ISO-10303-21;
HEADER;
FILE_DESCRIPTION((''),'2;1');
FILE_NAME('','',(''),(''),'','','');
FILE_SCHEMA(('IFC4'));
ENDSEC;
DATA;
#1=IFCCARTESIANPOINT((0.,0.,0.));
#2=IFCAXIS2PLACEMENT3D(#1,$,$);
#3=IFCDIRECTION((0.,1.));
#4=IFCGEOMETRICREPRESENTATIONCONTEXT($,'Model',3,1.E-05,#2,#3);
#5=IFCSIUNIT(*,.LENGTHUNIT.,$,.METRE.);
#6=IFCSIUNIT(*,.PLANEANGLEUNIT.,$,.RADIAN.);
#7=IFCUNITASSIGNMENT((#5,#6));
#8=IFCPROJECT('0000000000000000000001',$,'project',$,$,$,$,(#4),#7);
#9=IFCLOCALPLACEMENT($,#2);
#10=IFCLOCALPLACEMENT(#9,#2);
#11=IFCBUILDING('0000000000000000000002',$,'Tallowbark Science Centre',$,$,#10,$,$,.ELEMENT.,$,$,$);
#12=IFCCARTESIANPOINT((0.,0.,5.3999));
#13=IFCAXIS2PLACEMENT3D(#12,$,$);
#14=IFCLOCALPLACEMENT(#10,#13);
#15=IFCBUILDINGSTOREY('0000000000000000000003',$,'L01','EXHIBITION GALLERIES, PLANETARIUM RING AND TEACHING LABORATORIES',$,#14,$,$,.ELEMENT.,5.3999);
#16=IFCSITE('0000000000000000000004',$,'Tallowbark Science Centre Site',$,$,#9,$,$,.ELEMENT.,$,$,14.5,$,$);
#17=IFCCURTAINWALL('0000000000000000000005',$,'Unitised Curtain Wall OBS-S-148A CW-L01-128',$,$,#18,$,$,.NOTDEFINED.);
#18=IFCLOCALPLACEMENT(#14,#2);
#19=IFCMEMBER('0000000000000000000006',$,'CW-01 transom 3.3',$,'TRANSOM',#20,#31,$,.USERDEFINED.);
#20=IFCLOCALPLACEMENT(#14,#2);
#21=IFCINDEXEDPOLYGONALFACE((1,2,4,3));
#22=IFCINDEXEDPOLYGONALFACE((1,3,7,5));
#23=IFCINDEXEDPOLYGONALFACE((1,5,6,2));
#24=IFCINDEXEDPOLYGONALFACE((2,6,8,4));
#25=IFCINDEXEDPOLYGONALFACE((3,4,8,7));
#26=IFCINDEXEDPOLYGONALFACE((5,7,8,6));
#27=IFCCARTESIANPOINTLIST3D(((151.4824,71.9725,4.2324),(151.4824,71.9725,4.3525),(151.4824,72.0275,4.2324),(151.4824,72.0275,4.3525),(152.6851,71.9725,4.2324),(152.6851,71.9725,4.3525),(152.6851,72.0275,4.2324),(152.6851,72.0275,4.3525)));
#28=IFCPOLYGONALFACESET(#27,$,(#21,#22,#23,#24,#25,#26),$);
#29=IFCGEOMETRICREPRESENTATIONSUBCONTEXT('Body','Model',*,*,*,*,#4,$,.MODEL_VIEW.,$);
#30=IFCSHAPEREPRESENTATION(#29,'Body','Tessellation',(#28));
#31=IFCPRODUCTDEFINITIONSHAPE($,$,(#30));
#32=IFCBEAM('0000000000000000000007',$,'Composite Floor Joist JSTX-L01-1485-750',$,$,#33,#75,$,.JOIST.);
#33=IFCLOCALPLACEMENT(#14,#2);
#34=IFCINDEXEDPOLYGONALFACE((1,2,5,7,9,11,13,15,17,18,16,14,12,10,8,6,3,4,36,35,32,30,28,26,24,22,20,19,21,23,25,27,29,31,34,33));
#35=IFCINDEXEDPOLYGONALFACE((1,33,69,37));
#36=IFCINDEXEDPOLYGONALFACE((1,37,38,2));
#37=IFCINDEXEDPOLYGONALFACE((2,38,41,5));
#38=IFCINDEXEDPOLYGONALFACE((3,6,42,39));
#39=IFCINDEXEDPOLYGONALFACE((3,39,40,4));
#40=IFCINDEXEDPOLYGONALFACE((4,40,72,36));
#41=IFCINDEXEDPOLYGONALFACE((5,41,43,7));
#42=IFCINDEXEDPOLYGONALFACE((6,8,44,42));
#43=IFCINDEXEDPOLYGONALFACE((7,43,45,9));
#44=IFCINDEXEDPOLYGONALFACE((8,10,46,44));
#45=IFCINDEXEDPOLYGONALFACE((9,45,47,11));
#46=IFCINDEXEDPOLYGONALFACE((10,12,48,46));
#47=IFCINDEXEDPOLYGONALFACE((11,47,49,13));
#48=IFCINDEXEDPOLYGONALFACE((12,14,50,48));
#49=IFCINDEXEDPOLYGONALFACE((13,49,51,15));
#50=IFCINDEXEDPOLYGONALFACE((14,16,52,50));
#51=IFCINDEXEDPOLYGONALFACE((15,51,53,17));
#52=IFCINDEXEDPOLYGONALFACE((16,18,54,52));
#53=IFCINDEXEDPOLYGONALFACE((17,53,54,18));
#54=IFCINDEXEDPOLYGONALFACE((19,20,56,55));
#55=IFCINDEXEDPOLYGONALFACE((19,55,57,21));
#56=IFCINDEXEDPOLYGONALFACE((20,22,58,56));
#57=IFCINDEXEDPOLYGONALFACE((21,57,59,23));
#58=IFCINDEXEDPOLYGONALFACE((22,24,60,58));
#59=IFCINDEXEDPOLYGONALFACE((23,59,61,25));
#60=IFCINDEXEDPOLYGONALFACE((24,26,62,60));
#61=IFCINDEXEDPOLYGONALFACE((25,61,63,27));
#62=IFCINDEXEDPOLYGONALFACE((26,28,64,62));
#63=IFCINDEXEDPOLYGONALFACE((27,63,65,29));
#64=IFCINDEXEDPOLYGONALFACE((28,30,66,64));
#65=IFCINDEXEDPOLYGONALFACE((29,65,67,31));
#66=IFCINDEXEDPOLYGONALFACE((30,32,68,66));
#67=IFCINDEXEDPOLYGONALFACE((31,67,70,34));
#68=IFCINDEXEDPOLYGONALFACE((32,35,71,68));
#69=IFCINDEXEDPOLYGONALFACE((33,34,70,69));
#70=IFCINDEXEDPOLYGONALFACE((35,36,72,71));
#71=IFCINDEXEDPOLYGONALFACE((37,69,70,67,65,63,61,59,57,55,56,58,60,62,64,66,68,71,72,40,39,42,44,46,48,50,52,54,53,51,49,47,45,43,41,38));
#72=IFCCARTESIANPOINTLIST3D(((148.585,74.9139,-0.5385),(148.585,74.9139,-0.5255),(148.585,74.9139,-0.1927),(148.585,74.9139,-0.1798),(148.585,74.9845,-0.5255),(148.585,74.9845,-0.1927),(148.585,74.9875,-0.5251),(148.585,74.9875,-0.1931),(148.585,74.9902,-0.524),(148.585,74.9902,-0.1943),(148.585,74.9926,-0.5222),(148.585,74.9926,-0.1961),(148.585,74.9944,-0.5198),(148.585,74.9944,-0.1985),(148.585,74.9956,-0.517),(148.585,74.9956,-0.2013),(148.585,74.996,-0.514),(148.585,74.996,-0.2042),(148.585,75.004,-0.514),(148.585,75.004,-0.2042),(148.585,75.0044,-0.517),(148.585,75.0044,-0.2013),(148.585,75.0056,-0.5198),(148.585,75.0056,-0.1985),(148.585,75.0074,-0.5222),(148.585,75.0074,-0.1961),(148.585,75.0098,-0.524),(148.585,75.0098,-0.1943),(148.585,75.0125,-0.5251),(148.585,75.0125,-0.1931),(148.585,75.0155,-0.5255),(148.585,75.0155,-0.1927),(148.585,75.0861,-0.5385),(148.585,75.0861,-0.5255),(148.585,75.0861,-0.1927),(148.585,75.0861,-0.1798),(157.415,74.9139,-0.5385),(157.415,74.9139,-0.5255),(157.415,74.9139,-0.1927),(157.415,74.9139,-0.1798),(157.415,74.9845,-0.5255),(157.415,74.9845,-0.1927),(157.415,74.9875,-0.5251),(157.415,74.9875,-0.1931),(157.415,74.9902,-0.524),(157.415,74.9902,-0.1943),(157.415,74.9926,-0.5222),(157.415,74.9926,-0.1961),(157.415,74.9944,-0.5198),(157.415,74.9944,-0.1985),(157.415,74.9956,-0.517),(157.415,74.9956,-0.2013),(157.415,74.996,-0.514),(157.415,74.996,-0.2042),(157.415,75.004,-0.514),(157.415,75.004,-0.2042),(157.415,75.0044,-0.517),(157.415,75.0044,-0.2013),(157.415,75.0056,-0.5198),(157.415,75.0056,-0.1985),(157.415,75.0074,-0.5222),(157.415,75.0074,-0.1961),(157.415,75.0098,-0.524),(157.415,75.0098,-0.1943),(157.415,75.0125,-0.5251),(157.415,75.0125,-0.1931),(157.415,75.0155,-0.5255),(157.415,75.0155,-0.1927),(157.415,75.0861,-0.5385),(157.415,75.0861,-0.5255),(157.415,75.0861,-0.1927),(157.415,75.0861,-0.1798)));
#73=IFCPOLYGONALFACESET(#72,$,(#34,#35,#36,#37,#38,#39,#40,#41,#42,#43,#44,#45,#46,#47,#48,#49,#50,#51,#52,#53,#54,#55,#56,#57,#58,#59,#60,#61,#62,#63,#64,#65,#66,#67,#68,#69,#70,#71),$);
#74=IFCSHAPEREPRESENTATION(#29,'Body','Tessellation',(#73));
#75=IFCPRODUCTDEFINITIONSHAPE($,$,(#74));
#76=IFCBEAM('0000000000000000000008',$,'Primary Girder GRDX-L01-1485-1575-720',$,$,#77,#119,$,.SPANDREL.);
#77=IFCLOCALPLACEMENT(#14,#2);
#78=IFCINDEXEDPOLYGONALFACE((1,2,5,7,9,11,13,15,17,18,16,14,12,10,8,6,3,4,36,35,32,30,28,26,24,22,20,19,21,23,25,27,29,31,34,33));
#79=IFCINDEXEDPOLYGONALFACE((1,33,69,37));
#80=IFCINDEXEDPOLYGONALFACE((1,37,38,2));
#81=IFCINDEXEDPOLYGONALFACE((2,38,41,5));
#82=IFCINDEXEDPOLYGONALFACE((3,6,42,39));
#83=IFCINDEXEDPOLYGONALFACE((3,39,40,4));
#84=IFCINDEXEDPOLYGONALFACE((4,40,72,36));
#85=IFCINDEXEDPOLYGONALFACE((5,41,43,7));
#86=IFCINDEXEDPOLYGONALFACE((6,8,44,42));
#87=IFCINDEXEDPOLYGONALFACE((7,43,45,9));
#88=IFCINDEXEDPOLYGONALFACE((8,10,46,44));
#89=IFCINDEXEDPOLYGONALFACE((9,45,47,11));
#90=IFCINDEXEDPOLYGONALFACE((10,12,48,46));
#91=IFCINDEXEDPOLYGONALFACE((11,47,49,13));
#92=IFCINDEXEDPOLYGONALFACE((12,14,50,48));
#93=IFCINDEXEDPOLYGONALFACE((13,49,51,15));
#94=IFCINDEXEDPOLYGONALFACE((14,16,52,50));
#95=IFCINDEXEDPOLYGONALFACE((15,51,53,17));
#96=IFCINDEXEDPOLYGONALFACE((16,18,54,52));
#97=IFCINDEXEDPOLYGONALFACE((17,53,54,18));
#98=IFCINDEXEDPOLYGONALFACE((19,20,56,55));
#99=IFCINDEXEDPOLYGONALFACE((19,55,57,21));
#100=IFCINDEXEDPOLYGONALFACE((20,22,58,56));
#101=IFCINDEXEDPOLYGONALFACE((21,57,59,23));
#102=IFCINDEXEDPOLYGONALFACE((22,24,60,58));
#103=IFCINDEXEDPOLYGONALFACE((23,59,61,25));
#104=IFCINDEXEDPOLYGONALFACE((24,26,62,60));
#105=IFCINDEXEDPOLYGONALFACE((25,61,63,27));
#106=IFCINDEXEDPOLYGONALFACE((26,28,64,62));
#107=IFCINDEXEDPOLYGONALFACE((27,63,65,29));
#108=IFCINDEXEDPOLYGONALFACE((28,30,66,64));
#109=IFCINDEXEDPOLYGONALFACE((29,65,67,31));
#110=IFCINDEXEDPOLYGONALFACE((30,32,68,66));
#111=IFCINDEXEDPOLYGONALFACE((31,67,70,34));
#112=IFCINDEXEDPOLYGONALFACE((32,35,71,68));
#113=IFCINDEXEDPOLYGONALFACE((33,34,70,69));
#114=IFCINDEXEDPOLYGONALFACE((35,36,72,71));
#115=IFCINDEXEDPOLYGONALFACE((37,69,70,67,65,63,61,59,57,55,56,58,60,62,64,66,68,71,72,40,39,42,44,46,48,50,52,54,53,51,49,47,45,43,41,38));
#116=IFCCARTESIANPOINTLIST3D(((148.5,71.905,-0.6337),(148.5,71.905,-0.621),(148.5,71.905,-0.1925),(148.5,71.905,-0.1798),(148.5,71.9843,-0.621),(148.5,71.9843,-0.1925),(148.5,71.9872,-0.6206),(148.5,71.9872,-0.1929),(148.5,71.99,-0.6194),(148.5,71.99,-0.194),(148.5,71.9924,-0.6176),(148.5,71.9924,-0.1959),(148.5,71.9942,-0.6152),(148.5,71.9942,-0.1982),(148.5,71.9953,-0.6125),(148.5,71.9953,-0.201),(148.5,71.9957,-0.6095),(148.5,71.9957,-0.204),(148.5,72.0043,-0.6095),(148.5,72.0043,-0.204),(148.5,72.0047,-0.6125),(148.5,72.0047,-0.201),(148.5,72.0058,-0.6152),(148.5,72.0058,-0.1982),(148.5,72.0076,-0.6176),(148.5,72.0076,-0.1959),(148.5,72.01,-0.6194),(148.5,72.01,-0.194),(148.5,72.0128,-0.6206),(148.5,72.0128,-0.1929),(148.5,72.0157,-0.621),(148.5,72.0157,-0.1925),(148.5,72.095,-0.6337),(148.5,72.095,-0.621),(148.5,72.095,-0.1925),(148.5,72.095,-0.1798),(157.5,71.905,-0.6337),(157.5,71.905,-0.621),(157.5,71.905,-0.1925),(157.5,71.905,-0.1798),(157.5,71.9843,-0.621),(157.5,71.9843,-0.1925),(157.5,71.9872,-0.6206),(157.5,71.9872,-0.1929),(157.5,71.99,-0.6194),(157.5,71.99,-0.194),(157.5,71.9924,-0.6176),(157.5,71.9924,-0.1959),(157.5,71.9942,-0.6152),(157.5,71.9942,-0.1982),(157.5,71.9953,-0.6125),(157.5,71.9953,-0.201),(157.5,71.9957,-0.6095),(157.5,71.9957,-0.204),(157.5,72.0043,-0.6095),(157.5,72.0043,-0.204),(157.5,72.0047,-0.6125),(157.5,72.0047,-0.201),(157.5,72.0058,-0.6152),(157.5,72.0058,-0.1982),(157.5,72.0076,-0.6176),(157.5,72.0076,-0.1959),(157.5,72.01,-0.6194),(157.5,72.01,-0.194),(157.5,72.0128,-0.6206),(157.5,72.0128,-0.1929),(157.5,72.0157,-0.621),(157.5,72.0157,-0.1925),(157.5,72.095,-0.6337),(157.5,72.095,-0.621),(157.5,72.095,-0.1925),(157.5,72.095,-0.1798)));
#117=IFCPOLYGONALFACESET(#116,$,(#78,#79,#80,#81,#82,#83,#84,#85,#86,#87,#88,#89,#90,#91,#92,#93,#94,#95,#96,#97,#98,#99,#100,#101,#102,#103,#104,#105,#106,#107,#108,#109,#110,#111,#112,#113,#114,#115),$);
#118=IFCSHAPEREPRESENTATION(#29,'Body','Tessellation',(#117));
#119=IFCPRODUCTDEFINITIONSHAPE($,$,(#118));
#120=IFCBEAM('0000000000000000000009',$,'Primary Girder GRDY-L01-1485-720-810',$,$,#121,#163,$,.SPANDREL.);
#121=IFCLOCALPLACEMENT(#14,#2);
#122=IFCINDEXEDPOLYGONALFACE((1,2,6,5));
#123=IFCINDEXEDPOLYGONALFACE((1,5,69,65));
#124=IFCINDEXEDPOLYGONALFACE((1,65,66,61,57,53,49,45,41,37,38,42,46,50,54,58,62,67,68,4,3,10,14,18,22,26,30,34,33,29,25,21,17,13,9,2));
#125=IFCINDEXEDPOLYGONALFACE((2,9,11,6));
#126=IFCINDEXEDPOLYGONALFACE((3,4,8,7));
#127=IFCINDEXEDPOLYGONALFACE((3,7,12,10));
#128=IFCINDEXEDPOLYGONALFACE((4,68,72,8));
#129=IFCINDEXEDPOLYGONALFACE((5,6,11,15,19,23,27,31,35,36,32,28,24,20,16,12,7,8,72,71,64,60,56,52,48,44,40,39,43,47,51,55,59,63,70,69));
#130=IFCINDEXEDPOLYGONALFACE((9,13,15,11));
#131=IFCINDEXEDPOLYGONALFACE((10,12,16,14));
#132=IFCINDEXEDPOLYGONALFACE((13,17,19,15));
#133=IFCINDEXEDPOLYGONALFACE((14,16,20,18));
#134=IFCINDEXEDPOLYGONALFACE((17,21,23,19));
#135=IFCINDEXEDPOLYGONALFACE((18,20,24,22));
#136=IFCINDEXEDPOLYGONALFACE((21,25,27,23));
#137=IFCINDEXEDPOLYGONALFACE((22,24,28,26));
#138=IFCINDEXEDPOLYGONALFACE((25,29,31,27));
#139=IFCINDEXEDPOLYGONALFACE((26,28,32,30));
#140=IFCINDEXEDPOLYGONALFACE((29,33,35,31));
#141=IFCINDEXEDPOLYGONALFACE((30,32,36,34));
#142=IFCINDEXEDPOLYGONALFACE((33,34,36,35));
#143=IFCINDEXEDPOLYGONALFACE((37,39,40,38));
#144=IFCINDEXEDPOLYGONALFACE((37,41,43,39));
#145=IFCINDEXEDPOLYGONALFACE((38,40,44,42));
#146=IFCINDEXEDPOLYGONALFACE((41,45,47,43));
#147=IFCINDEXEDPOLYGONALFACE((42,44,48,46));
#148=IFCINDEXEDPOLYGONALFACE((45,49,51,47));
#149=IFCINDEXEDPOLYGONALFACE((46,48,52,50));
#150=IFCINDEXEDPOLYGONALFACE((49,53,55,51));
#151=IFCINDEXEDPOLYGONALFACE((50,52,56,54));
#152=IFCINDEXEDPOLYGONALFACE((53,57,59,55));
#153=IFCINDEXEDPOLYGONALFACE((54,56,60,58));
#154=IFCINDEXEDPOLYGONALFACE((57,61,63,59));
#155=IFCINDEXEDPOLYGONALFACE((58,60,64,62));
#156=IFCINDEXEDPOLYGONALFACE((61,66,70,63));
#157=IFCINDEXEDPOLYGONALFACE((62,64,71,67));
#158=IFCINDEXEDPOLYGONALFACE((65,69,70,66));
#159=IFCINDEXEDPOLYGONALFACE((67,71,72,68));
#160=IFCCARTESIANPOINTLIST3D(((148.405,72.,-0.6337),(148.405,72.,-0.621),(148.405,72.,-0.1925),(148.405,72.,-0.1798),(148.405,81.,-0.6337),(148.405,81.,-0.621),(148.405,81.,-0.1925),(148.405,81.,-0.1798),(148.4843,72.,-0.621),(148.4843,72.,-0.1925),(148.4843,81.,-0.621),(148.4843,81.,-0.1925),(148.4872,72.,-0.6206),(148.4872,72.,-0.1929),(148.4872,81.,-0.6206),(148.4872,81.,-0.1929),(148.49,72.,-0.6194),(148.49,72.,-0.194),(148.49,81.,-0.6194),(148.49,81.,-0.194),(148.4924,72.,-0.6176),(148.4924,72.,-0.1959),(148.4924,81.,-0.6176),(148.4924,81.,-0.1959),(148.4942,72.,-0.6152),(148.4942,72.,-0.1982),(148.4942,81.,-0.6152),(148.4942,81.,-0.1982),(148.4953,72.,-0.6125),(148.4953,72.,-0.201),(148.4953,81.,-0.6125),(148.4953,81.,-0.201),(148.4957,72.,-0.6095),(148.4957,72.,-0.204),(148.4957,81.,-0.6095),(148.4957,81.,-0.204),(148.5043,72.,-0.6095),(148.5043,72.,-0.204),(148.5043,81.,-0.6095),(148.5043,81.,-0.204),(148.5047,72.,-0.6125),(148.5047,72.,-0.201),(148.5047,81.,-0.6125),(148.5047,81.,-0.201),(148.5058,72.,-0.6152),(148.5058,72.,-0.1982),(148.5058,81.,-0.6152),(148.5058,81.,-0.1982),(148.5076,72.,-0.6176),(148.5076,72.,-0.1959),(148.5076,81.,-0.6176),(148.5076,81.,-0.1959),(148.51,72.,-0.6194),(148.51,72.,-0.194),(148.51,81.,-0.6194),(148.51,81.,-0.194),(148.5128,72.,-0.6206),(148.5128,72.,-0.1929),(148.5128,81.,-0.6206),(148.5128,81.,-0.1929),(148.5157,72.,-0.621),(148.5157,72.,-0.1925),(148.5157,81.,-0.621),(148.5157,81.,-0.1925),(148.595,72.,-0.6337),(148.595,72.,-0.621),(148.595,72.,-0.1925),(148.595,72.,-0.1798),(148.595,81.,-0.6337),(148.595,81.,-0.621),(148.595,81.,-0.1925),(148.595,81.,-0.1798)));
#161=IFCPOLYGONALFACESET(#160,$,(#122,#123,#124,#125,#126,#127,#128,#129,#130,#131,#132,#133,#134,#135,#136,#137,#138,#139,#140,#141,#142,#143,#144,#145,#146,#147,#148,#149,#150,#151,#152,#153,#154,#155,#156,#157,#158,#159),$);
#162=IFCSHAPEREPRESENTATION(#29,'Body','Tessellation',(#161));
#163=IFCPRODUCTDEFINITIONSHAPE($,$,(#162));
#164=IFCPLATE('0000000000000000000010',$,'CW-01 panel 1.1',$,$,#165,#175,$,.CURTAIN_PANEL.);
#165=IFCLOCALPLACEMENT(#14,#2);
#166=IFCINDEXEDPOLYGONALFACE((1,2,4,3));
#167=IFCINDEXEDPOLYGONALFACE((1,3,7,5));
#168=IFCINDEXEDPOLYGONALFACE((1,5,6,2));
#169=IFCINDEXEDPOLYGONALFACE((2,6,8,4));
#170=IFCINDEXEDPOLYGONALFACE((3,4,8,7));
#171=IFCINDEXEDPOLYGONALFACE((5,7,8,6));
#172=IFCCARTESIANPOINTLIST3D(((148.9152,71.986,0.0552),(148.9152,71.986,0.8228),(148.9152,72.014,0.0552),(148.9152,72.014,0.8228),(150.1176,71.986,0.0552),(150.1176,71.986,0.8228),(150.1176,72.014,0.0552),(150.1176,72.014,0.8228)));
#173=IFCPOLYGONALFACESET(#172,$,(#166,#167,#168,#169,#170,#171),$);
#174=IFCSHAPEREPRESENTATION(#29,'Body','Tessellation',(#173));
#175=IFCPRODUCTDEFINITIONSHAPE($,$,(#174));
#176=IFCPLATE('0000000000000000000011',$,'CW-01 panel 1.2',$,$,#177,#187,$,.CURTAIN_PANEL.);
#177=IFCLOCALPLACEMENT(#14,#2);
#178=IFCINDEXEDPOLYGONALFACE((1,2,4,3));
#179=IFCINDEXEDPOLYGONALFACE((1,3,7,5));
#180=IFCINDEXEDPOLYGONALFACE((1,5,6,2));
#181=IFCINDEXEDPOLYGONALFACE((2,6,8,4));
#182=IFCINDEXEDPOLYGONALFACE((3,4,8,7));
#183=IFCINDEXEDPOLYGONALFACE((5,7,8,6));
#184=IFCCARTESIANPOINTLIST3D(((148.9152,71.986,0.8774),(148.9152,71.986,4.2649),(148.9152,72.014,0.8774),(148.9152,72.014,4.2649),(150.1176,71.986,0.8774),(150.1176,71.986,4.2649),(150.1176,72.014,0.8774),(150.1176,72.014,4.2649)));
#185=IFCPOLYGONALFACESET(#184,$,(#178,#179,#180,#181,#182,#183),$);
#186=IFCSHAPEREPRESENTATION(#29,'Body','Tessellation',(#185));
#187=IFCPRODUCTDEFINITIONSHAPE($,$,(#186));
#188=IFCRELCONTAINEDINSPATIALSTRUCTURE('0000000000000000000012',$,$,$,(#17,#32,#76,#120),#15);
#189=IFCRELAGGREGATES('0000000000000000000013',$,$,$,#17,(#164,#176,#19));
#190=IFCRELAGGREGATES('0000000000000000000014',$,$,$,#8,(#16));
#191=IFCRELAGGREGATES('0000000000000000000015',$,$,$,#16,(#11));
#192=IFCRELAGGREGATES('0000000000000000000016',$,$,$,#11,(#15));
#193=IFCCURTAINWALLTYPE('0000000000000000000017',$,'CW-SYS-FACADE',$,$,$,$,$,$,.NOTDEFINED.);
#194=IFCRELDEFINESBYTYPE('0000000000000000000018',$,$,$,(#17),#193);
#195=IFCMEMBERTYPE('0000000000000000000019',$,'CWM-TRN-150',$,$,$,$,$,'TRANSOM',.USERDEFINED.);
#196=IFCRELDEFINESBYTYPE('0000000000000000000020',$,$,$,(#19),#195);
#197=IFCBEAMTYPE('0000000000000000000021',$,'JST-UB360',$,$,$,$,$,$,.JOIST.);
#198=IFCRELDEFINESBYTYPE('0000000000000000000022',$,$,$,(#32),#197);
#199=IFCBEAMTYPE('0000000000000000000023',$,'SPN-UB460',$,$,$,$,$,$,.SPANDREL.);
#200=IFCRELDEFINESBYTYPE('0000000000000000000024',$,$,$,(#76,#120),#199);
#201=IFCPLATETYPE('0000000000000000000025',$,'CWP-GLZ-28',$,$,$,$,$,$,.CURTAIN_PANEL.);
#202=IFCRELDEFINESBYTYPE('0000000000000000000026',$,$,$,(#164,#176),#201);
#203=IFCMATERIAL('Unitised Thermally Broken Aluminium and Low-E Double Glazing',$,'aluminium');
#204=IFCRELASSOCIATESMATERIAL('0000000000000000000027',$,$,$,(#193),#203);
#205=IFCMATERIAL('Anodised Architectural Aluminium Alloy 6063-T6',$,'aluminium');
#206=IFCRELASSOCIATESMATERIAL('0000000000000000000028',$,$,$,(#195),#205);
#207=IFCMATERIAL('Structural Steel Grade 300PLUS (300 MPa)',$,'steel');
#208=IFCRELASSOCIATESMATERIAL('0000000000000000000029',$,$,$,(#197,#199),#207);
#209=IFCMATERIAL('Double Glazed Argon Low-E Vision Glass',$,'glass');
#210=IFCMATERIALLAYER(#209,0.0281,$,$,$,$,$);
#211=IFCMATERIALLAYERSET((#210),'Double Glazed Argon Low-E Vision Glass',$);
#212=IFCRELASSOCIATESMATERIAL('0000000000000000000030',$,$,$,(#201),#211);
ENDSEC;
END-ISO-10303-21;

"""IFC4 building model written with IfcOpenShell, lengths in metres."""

from ifc_helpers import new_model, si_unit, direction, frame, origin, origin_2d, place, context, subcontext, project, spatial, rectangle, i_section, extrude, material, layer, layer_set, material_profile, profile_set, type_object, element, aggregate, save


model = new_model("IFC4")

# Units and contexts
model_context = context("Model", 3, precision=1e-05, world=origin(), true_north=direction((0.0, 1.0)))
body_context = subcontext(model_context, "Body", "Model", "MODEL_VIEW")
ifc_project = project(units=[si_unit("LENGTHUNIT", "METRE"), si_unit("PLANEANGLEUNIT", "RADIAN")], contexts=[model_context])

# Site, building, storey
site_placement = place(None, origin())
site = spatial("IfcSite", under=ifc_project, at=site_placement, Name="Tallowbark Science Centre Site", CompositionType="ELEMENT", RefElevation=14.5)
building_placement = place(site_placement, origin())
building = spatial("IfcBuilding", under=site, at=building_placement, Name="Tallowbark Science Centre", CompositionType="ELEMENT")
storey_placement = place(building_placement, frame((0.0, 0.0, 5.3999)))
storey = spatial("IfcBuildingStorey", under=building, at=storey_placement, Name="L01", Description="EXHIBITION GALLERIES, PLANETARIUM RING AND TEACHING LABORATORIES", CompositionType="ELEMENT", Elevation=5.3999)

# Shared definitions
ifc_material_1 = material(Name="Structural Steel Grade 300PLUS (300 MPa)", Category="steel")

# Curtain wall, member
ifc_material_2 = material(Name="Unitised Thermally Broken Aluminium and Low-E Double Glazing", Category="aluminium")
curtain_wall_type = type_object("IfcCurtainWallType", Name="CW-SYS-FACADE", PredefinedType="NOTDEFINED", material=ifc_material_2)
curtain_wall_placement = place(storey_placement, origin())
curtain_wall = element("IfcCurtainWall", 1, at=curtain_wall_placement, inside=storey, type_object=curtain_wall_type, Name="Unitised Curtain Wall OBS-S-148A CW-L01-128", PredefinedType="NOTDEFINED")
ifc_material_3 = material(Name="Anodised Architectural Aluminium Alloy 6063-T6", Category="aluminium")
ifc_material_profile_1 = material_profile(ifc_material_3, rectangle(XDim=0.0549, YDim=0.1201, at=origin_2d()), Name="ALU55x120")
ifc_profile_set_1 = profile_set([ifc_material_profile_1], Name="Anodised Architectural Aluminium Alloy 6063-T6")
member_type_1 = type_object("IfcMemberType", Name="CWM-TRN-150", ElementType="TRANSOM", PredefinedType="USERDEFINED", material=ifc_profile_set_1)
member_1_placement = place(storey_placement, frame((151.4824, 72.0, 4.2925), z_axis=(1.0, 0.0, 0.0), x_axis=(0.0, 1.0, 0.0)))
member_1 = element("IfcMember", 2, at=member_1_placement, type_object=member_type_1, Name="CW-01 transom 3.3", ObjectType="TRANSOM", PredefinedType="USERDEFINED", context=body_context, shape_type="SweptSolid", body=[
    extrude(rectangle(XDim=0.0549, YDim=0.1201, at=origin_2d()), origin(), (0.0, 0.0, 1.0), 1.2026),
])

# Beams
ifc_material_profile_2 = material_profile(ifc_material_1, i_section(OverallWidth=0.1721, OverallDepth=0.3586, WebThickness=0.0081, FlangeThickness=0.0129, FilletRadius=0.0115, at=origin_2d()), Name="360UB56.7")
ifc_profile_set_2 = profile_set([ifc_material_profile_2], Name="Structural Steel Grade 300PLUS (300 MPa)")
beam_type_1 = type_object("IfcBeamType", Name="JST-UB360", PredefinedType="JOIST", material=ifc_profile_set_2)
beam_placement = place(storey_placement, frame((148.585, 75.0, -0.3591), z_axis=(1.0, 0.0, 0.0), x_axis=(0.0, 1.0, 0.0)))
element("IfcBeam", 3, at=beam_placement, inside=storey, type_object=beam_type_1, Name="Composite Floor Joist JSTX-L01-1485-750", PredefinedType="JOIST", context=body_context, shape_type="SweptSolid", body=[
    extrude(i_section(OverallWidth=0.1721, OverallDepth=0.3586, WebThickness=0.0081, FlangeThickness=0.0129, FilletRadius=0.0115, at=origin_2d()), origin(), (0.0, 0.0, 1.0), 8.8301),
])
ifc_material_profile_3 = material_profile(ifc_material_1, i_section(OverallWidth=0.1899, OverallDepth=0.4539, WebThickness=0.0085, FlangeThickness=0.0127, FilletRadius=0.0115, at=origin_2d()), Name="460UB67.1")
ifc_profile_set_3 = profile_set([ifc_material_profile_3], Name="Structural Steel Grade 300PLUS (300 MPa)")
beam_type_2 = type_object("IfcBeamType", Name="SPN-UB460", PredefinedType="SPANDREL", material=ifc_profile_set_3)
for number, where, z_axis, x_axis, name in (
    (4, (148.5, 72.0, -0.4067), (1.0, 0.0, 0.0), (0.0, 1.0, 0.0), "Primary Girder GRDX-L01-1485-1575-720"),
    (5, (148.5, 72.0, -0.4067), (0.0, 1.0, 0.0), (-1.0, 0.0, 0.0), "Primary Girder GRDY-L01-1485-720-810"),
):
    element("IfcBeam", number, at=place(storey_placement, frame(where, z_axis=z_axis, x_axis=x_axis)), inside=storey, type_object=beam_type_2, Name=name, PredefinedType="SPANDREL", context=body_context, shape_type="SweptSolid", body=[
        extrude(i_section(OverallWidth=0.1899, OverallDepth=0.4539, WebThickness=0.0085, FlangeThickness=0.0127, FilletRadius=0.0115, at=origin_2d()), origin(), (0.0, 0.0, 1.0), 9.0),
    ])

# Plates
ifc_material_4 = material(Name="Double Glazed Argon Low-E Vision Glass", Category="glass")
ifc_layer_1 = layer(ifc_material_4, 0.0281)
ifc_layer_set_1 = layer_set([ifc_layer_1], Name="Double Glazed Argon Low-E Vision Glass")
plate_type = type_object("IfcPlateType", Name="CWP-GLZ-28", PredefinedType="CURTAIN_PANEL", material=ifc_layer_set_1)
plate_1_placement = place(storey_placement, frame((149.5164, 72.0, 0.0552), z_axis=(0.0, 0.0, 1.0), x_axis=(1.0, 0.0, 0.0)))
plate_1 = element("IfcPlate", 6, at=plate_1_placement, type_object=plate_type, Name="CW-01 panel 1.1", PredefinedType="CURTAIN_PANEL", context=body_context, shape_type="SweptSolid", body=[
    extrude(rectangle(XDim=1.2024, YDim=0.0281, at=origin_2d()), origin(), (0.0, 0.0, 1.0), 0.7676),
])
plate_2_placement = place(storey_placement, frame((149.5164, 72.0, 0.8774), z_axis=(0.0, 0.0, 1.0), x_axis=(1.0, 0.0, 0.0)))
plate_2 = element("IfcPlate", 7, at=plate_2_placement, type_object=plate_type, Name="CW-01 panel 1.2", PredefinedType="CURTAIN_PANEL", context=body_context, shape_type="SweptSolid", body=[
    extrude(rectangle(XDim=1.2024, YDim=0.0281, at=origin_2d()), origin(), (0.0, 0.0, 1.0), 3.3875),
])
aggregate(curtain_wall, [plate_1, plate_2, member_1])

save(model, "model.ifc")
